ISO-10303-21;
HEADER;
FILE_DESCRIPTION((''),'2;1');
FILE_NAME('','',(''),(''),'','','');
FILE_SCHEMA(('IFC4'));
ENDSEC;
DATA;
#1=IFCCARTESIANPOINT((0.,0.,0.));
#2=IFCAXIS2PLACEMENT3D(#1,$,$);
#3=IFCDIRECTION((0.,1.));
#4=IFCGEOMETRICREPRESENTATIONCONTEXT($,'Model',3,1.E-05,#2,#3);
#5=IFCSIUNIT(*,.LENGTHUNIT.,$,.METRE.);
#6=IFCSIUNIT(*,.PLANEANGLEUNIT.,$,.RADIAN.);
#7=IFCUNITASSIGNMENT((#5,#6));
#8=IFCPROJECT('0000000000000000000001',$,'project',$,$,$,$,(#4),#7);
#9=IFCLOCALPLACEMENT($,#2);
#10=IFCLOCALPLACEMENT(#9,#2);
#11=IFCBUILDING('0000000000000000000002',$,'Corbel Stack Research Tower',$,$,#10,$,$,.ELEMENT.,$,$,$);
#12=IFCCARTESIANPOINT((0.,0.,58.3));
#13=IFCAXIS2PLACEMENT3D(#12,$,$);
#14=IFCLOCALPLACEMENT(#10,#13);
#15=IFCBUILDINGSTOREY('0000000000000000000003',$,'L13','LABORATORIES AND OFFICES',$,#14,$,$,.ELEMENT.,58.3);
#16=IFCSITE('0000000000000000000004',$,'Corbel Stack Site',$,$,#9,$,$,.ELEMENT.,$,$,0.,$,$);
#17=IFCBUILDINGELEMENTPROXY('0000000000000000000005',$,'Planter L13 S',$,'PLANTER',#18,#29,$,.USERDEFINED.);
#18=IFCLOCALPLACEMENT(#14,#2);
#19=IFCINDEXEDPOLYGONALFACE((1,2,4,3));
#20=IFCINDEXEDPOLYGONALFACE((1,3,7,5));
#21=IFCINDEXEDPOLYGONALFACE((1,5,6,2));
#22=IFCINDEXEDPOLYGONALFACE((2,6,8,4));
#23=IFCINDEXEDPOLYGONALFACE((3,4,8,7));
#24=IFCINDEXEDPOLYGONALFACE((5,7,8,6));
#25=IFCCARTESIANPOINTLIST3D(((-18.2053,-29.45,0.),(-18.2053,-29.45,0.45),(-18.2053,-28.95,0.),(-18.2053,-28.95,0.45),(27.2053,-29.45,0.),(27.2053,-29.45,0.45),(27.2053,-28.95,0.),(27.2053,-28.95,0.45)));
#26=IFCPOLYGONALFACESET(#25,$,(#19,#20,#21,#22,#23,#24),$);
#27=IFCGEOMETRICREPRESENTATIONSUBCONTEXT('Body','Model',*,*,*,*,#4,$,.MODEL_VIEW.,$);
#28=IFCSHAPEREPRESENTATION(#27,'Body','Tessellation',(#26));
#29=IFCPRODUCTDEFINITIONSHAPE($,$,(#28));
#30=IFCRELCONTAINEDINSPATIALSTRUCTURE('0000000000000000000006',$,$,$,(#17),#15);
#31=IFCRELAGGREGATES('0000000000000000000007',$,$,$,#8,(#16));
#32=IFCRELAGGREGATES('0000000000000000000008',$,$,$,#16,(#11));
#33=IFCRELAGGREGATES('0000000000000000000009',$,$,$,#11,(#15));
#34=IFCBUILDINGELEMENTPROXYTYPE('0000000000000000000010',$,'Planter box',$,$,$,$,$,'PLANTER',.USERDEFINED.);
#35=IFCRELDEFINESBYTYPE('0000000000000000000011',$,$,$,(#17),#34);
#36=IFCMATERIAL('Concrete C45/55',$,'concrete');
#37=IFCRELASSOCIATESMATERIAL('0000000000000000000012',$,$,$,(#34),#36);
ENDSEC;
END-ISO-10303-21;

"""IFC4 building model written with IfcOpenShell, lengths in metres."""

from ifc_helpers import new_model, si_unit, direction, frame, origin, origin_2d, place, context, subcontext, project, spatial, rectangle, extrude, material, type_object, element, save


model = new_model("IFC4")

# Units and contexts
model_context = context("Model", 3, precision=1e-05, world=origin(), true_north=direction((0.0, 1.0)))
body_context = subcontext(model_context, "Body", "Model", "MODEL_VIEW")
ifc_project = project(units=[si_unit("LENGTHUNIT", "METRE"), si_unit("PLANEANGLEUNIT", "RADIAN")], contexts=[model_context])

# Site, building, storey
site_placement = place(None, origin())
site = spatial("IfcSite", under=ifc_project, at=site_placement, Name="Corbel Stack Site", CompositionType="ELEMENT", RefElevation=0.0)
building_placement = place(site_placement, origin())
building = spatial("IfcBuilding", under=site, at=building_placement, Name="Corbel Stack Research Tower", CompositionType="ELEMENT")
storey_placement = place(building_placement, frame((0.0, 0.0, 58.3)))
storey = spatial("IfcBuildingStorey", under=building, at=storey_placement, Name="L13", Description="LABORATORIES AND OFFICES", CompositionType="ELEMENT", Elevation=58.3)

# Building element proxy
ifc_material_1 = material(Name="Concrete C45/55", Category="concrete")
building_element_proxy_type = type_object("IfcBuildingElementProxyType", Name="Planter box", ElementType="PLANTER", PredefinedType="USERDEFINED", material=ifc_material_1)
proxy_placement = place(storey_placement, frame((4.5, -29.2, 0.0), z_axis=(0.0, 0.0, 1.0), x_axis=(1.0, 0.0, 0.0)))
element("IfcBuildingElementProxy", 1, at=proxy_placement, inside=storey, type_object=building_element_proxy_type, Name="Planter L13 S", ObjectType="PLANTER", PredefinedType="USERDEFINED", context=body_context, shape_type="SweptSolid", body=[
    extrude(rectangle(XDim=45.4106, YDim=0.5, at=origin_2d()), origin(), (0.0, 0.0, 1.0), 0.45),
])

save(model, "model.ifc")
